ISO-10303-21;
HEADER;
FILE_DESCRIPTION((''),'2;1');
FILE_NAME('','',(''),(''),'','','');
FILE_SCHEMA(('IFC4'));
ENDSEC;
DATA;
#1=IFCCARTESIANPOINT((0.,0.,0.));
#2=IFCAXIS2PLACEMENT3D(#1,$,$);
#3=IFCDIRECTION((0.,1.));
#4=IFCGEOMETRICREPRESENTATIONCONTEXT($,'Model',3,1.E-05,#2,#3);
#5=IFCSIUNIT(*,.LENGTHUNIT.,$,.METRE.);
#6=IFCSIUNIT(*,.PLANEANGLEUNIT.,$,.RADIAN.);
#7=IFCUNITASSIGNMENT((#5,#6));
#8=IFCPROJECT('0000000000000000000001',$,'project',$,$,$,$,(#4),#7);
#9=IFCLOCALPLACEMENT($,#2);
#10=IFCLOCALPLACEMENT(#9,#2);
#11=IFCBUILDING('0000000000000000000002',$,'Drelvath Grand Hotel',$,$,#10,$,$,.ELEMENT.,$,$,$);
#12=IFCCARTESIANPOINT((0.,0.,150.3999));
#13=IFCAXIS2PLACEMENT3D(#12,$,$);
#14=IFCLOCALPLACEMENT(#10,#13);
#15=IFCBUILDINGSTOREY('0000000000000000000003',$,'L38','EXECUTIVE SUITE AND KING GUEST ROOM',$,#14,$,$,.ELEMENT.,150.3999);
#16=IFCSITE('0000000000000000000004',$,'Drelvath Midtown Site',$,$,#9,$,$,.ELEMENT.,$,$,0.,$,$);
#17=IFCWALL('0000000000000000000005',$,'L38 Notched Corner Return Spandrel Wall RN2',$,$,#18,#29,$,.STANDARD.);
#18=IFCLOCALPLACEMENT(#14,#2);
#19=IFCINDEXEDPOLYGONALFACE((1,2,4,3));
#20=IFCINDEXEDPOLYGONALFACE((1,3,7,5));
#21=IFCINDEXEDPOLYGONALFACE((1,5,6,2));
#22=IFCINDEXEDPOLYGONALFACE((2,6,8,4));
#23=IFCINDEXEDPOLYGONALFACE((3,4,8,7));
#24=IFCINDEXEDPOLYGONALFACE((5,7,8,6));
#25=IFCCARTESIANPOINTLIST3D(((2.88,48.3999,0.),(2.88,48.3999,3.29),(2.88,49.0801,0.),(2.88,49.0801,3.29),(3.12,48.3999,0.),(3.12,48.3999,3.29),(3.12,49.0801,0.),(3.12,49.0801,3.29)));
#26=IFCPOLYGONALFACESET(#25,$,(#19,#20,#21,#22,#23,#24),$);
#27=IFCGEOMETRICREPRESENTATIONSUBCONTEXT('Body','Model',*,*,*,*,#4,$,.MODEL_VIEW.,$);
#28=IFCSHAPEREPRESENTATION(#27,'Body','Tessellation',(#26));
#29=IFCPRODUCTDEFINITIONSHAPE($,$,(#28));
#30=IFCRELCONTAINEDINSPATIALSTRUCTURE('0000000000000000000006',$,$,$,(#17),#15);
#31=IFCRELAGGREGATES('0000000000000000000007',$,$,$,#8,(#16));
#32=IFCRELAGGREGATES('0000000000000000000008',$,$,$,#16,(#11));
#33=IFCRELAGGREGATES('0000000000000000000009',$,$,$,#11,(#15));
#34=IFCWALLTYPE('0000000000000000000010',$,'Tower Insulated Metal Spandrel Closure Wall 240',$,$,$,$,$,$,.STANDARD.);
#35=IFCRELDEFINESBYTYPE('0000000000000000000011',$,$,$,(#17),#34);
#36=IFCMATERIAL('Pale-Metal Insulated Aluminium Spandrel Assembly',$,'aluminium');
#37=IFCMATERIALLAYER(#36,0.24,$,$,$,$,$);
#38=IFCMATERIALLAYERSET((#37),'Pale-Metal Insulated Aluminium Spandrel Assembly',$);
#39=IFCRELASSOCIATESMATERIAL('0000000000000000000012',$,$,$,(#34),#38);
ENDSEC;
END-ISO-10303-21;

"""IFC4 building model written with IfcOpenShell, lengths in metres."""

from ifc_helpers import new_model, si_unit, direction, frame, frame_2d, origin, place, context, subcontext, project, spatial, rectangle, extrude, material, layer, layer_set, type_object, element, save


model = new_model("IFC4")

# Units and contexts
model_context = context("Model", 3, precision=1e-05, world=origin(), true_north=direction((0.0, 1.0)))
body_context = subcontext(model_context, "Body", "Model", "MODEL_VIEW")
ifc_project = project(units=[si_unit("LENGTHUNIT", "METRE"), si_unit("PLANEANGLEUNIT", "RADIAN")], contexts=[model_context])

# Site, building, storey
site_placement = place(None, origin())
site = spatial("IfcSite", under=ifc_project, at=site_placement, Name="Drelvath Midtown Site", CompositionType="ELEMENT", RefElevation=0.0)
building_placement = place(site_placement, origin())
building = spatial("IfcBuilding", under=site, at=building_placement, Name="Drelvath Grand Hotel", CompositionType="ELEMENT")
storey_placement = place(building_placement, frame((0.0, 0.0, 150.3999)))
storey = spatial("IfcBuildingStorey", under=building, at=storey_placement, Name="L38", Description="EXECUTIVE SUITE AND KING GUEST ROOM", CompositionType="ELEMENT", Elevation=150.3999)

# Wall
ifc_material_1 = material(Name="Pale-Metal Insulated Aluminium Spandrel Assembly", Category="aluminium")
ifc_layer_1 = layer(ifc_material_1, 0.24)
ifc_layer_set_1 = layer_set([ifc_layer_1], Name="Pale-Metal Insulated Aluminium Spandrel Assembly")
wall_type_1 = type_object("IfcWallType", Name="Tower Insulated Metal Spandrel Closure Wall 240", PredefinedType="STANDARD", material=ifc_layer_set_1)
wall_1_placement = place(storey_placement, frame((3.0, 48.3999, 0.0), z_axis=(0.0, 0.0, 1.0), x_axis=(0.0, 1.0, 0.0)))
element("IfcWall", 1, at=wall_1_placement, inside=storey, type_object=wall_type_1, Name="L38 Notched Corner Return Spandrel Wall RN2", PredefinedType="STANDARD", context=body_context, shape_type="SweptSolid", body=[
    extrude(rectangle(XDim=0.6802, YDim=0.24, at=frame_2d((0.3401, 0.0))), origin(), (0.0, 0.0, 1.0), 3.29),
])

save(model, "model.ifc")
